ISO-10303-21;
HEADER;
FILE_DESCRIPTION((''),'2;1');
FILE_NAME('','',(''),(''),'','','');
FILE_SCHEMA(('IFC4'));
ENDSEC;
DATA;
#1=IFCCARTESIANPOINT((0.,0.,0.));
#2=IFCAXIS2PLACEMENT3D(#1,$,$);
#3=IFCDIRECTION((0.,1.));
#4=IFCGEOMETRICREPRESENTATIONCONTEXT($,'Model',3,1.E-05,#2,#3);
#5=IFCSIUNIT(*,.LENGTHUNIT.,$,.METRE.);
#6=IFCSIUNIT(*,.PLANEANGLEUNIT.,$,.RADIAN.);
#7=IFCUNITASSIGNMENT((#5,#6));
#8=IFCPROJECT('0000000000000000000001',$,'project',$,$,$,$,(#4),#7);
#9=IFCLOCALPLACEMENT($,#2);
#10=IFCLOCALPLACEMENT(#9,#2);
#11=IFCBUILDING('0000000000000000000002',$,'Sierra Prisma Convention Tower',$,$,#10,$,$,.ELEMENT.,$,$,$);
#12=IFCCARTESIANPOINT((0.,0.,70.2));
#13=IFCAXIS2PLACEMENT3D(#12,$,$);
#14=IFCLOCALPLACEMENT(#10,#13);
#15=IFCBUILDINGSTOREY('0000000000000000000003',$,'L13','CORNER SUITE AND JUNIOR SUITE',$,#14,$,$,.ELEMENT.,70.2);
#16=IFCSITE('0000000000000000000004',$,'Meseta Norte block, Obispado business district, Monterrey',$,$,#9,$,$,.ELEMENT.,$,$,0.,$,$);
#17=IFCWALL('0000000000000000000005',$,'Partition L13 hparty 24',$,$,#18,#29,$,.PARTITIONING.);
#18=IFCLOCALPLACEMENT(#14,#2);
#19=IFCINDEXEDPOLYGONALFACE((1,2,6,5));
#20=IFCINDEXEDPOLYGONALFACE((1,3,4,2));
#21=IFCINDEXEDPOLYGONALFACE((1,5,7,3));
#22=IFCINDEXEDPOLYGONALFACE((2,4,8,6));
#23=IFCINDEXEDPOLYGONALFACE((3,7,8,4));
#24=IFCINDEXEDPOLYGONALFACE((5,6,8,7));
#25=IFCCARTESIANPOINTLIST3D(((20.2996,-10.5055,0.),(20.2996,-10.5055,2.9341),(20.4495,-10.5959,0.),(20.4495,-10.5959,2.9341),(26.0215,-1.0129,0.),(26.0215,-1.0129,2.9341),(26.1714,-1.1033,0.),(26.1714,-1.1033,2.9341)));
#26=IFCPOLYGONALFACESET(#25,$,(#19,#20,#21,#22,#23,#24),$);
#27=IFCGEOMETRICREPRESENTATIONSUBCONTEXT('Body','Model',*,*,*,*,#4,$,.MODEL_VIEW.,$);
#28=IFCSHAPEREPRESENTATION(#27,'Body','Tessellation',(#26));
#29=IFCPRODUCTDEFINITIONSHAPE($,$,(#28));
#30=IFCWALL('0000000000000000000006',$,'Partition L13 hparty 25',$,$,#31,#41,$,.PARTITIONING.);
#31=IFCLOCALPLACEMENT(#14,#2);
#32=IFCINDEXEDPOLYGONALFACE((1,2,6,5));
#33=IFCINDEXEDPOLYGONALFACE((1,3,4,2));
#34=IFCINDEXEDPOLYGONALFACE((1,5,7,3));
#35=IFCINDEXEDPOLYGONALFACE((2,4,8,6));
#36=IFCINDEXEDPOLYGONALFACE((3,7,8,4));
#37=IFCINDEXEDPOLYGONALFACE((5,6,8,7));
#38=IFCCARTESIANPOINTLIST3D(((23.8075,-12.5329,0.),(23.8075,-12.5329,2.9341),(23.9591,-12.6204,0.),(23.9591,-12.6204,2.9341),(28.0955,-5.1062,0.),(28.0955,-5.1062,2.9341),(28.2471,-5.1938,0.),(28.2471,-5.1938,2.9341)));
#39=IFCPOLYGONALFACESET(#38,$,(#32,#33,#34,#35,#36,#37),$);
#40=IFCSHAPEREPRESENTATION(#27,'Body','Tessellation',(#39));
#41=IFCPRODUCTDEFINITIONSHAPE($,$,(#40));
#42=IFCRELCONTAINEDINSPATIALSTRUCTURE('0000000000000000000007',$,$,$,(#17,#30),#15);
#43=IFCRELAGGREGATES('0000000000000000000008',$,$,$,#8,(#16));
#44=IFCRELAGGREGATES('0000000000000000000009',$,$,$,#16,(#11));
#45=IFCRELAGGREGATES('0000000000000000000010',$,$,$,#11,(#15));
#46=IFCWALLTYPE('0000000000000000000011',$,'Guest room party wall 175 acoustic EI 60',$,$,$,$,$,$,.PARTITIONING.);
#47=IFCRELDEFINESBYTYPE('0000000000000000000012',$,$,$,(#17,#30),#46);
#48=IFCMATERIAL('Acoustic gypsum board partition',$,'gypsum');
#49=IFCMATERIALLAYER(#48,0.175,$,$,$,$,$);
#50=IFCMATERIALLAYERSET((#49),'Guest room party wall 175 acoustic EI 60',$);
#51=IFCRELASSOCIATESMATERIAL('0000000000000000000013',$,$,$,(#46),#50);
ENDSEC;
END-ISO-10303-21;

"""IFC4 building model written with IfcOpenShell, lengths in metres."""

from ifc_helpers import new_model, si_unit, direction, frame, frame_2d, origin, place, context, subcontext, project, spatial, rectangle, extrude, material, layer, layer_set, type_object, element, save


model = new_model("IFC4")

# Units and contexts
model_context = context("Model", 3, precision=1e-05, world=origin(), true_north=direction((0.0, 1.0)))
body_context = subcontext(model_context, "Body", "Model", "MODEL_VIEW")
ifc_project = project(units=[si_unit("LENGTHUNIT", "METRE"), si_unit("PLANEANGLEUNIT", "RADIAN")], contexts=[model_context])

# Site, building, storey
site_placement = place(None, origin())
site = spatial("IfcSite", under=ifc_project, at=site_placement, Name="Meseta Norte block, Obispado business district, Monterrey", CompositionType="ELEMENT", RefElevation=0.0)
building_placement = place(site_placement, origin())
building = spatial("IfcBuilding", under=site, at=building_placement, Name="Sierra Prisma Convention Tower", CompositionType="ELEMENT")
storey_placement = place(building_placement, frame((0.0, 0.0, 70.2)))
storey = spatial("IfcBuildingStorey", under=building, at=storey_placement, Name="L13", Description="CORNER SUITE AND JUNIOR SUITE", CompositionType="ELEMENT", Elevation=70.2)

# Walls
ifc_material_1 = material(Name="Acoustic gypsum board partition", Category="gypsum")
ifc_layer_1 = layer(ifc_material_1, 0.175)
ifc_layer_set_1 = layer_set([ifc_layer_1], Name="Guest room party wall 175 acoustic EI 60")
wall_type_1 = type_object("IfcWallType", Name="Guest room party wall 175 acoustic EI 60", PredefinedType="PARTITIONING", material=ifc_layer_set_1)
wall_1_placement = place(storey_placement, frame((20.3745, -10.5508, 0.0), z_axis=(0.0, 0.0, 1.0), x_axis=(0.516241, 0.856444, 0.0)))
element("IfcWall", 1, at=wall_1_placement, inside=storey, type_object=wall_type_1, Name="Partition L13 hparty 24", PredefinedType="PARTITIONING", context=body_context, shape_type="SweptSolid", body=[
    extrude(rectangle(XDim=11.0837, YDim=0.175, at=frame_2d((5.542, 0.0))), origin(), (0.0, 0.0, 1.0), 2.9341),
])
wall_2_placement = place(storey_placement, frame((23.8833, -12.5767, 0.0), z_axis=(0.0, 0.0, 1.0), x_axis=(0.500021, 0.866013, 0.0)))
element("IfcWall", 2, at=wall_2_placement, inside=storey, type_object=wall_type_1, Name="Partition L13 hparty 25", PredefinedType="PARTITIONING", context=body_context, shape_type="SweptSolid", body=[
    extrude(rectangle(XDim=8.5757, YDim=0.175, at=frame_2d((4.2878, 0.0))), origin(), (0.0, 0.0, 1.0), 2.9341),
])

save(model, "model.ifc")
